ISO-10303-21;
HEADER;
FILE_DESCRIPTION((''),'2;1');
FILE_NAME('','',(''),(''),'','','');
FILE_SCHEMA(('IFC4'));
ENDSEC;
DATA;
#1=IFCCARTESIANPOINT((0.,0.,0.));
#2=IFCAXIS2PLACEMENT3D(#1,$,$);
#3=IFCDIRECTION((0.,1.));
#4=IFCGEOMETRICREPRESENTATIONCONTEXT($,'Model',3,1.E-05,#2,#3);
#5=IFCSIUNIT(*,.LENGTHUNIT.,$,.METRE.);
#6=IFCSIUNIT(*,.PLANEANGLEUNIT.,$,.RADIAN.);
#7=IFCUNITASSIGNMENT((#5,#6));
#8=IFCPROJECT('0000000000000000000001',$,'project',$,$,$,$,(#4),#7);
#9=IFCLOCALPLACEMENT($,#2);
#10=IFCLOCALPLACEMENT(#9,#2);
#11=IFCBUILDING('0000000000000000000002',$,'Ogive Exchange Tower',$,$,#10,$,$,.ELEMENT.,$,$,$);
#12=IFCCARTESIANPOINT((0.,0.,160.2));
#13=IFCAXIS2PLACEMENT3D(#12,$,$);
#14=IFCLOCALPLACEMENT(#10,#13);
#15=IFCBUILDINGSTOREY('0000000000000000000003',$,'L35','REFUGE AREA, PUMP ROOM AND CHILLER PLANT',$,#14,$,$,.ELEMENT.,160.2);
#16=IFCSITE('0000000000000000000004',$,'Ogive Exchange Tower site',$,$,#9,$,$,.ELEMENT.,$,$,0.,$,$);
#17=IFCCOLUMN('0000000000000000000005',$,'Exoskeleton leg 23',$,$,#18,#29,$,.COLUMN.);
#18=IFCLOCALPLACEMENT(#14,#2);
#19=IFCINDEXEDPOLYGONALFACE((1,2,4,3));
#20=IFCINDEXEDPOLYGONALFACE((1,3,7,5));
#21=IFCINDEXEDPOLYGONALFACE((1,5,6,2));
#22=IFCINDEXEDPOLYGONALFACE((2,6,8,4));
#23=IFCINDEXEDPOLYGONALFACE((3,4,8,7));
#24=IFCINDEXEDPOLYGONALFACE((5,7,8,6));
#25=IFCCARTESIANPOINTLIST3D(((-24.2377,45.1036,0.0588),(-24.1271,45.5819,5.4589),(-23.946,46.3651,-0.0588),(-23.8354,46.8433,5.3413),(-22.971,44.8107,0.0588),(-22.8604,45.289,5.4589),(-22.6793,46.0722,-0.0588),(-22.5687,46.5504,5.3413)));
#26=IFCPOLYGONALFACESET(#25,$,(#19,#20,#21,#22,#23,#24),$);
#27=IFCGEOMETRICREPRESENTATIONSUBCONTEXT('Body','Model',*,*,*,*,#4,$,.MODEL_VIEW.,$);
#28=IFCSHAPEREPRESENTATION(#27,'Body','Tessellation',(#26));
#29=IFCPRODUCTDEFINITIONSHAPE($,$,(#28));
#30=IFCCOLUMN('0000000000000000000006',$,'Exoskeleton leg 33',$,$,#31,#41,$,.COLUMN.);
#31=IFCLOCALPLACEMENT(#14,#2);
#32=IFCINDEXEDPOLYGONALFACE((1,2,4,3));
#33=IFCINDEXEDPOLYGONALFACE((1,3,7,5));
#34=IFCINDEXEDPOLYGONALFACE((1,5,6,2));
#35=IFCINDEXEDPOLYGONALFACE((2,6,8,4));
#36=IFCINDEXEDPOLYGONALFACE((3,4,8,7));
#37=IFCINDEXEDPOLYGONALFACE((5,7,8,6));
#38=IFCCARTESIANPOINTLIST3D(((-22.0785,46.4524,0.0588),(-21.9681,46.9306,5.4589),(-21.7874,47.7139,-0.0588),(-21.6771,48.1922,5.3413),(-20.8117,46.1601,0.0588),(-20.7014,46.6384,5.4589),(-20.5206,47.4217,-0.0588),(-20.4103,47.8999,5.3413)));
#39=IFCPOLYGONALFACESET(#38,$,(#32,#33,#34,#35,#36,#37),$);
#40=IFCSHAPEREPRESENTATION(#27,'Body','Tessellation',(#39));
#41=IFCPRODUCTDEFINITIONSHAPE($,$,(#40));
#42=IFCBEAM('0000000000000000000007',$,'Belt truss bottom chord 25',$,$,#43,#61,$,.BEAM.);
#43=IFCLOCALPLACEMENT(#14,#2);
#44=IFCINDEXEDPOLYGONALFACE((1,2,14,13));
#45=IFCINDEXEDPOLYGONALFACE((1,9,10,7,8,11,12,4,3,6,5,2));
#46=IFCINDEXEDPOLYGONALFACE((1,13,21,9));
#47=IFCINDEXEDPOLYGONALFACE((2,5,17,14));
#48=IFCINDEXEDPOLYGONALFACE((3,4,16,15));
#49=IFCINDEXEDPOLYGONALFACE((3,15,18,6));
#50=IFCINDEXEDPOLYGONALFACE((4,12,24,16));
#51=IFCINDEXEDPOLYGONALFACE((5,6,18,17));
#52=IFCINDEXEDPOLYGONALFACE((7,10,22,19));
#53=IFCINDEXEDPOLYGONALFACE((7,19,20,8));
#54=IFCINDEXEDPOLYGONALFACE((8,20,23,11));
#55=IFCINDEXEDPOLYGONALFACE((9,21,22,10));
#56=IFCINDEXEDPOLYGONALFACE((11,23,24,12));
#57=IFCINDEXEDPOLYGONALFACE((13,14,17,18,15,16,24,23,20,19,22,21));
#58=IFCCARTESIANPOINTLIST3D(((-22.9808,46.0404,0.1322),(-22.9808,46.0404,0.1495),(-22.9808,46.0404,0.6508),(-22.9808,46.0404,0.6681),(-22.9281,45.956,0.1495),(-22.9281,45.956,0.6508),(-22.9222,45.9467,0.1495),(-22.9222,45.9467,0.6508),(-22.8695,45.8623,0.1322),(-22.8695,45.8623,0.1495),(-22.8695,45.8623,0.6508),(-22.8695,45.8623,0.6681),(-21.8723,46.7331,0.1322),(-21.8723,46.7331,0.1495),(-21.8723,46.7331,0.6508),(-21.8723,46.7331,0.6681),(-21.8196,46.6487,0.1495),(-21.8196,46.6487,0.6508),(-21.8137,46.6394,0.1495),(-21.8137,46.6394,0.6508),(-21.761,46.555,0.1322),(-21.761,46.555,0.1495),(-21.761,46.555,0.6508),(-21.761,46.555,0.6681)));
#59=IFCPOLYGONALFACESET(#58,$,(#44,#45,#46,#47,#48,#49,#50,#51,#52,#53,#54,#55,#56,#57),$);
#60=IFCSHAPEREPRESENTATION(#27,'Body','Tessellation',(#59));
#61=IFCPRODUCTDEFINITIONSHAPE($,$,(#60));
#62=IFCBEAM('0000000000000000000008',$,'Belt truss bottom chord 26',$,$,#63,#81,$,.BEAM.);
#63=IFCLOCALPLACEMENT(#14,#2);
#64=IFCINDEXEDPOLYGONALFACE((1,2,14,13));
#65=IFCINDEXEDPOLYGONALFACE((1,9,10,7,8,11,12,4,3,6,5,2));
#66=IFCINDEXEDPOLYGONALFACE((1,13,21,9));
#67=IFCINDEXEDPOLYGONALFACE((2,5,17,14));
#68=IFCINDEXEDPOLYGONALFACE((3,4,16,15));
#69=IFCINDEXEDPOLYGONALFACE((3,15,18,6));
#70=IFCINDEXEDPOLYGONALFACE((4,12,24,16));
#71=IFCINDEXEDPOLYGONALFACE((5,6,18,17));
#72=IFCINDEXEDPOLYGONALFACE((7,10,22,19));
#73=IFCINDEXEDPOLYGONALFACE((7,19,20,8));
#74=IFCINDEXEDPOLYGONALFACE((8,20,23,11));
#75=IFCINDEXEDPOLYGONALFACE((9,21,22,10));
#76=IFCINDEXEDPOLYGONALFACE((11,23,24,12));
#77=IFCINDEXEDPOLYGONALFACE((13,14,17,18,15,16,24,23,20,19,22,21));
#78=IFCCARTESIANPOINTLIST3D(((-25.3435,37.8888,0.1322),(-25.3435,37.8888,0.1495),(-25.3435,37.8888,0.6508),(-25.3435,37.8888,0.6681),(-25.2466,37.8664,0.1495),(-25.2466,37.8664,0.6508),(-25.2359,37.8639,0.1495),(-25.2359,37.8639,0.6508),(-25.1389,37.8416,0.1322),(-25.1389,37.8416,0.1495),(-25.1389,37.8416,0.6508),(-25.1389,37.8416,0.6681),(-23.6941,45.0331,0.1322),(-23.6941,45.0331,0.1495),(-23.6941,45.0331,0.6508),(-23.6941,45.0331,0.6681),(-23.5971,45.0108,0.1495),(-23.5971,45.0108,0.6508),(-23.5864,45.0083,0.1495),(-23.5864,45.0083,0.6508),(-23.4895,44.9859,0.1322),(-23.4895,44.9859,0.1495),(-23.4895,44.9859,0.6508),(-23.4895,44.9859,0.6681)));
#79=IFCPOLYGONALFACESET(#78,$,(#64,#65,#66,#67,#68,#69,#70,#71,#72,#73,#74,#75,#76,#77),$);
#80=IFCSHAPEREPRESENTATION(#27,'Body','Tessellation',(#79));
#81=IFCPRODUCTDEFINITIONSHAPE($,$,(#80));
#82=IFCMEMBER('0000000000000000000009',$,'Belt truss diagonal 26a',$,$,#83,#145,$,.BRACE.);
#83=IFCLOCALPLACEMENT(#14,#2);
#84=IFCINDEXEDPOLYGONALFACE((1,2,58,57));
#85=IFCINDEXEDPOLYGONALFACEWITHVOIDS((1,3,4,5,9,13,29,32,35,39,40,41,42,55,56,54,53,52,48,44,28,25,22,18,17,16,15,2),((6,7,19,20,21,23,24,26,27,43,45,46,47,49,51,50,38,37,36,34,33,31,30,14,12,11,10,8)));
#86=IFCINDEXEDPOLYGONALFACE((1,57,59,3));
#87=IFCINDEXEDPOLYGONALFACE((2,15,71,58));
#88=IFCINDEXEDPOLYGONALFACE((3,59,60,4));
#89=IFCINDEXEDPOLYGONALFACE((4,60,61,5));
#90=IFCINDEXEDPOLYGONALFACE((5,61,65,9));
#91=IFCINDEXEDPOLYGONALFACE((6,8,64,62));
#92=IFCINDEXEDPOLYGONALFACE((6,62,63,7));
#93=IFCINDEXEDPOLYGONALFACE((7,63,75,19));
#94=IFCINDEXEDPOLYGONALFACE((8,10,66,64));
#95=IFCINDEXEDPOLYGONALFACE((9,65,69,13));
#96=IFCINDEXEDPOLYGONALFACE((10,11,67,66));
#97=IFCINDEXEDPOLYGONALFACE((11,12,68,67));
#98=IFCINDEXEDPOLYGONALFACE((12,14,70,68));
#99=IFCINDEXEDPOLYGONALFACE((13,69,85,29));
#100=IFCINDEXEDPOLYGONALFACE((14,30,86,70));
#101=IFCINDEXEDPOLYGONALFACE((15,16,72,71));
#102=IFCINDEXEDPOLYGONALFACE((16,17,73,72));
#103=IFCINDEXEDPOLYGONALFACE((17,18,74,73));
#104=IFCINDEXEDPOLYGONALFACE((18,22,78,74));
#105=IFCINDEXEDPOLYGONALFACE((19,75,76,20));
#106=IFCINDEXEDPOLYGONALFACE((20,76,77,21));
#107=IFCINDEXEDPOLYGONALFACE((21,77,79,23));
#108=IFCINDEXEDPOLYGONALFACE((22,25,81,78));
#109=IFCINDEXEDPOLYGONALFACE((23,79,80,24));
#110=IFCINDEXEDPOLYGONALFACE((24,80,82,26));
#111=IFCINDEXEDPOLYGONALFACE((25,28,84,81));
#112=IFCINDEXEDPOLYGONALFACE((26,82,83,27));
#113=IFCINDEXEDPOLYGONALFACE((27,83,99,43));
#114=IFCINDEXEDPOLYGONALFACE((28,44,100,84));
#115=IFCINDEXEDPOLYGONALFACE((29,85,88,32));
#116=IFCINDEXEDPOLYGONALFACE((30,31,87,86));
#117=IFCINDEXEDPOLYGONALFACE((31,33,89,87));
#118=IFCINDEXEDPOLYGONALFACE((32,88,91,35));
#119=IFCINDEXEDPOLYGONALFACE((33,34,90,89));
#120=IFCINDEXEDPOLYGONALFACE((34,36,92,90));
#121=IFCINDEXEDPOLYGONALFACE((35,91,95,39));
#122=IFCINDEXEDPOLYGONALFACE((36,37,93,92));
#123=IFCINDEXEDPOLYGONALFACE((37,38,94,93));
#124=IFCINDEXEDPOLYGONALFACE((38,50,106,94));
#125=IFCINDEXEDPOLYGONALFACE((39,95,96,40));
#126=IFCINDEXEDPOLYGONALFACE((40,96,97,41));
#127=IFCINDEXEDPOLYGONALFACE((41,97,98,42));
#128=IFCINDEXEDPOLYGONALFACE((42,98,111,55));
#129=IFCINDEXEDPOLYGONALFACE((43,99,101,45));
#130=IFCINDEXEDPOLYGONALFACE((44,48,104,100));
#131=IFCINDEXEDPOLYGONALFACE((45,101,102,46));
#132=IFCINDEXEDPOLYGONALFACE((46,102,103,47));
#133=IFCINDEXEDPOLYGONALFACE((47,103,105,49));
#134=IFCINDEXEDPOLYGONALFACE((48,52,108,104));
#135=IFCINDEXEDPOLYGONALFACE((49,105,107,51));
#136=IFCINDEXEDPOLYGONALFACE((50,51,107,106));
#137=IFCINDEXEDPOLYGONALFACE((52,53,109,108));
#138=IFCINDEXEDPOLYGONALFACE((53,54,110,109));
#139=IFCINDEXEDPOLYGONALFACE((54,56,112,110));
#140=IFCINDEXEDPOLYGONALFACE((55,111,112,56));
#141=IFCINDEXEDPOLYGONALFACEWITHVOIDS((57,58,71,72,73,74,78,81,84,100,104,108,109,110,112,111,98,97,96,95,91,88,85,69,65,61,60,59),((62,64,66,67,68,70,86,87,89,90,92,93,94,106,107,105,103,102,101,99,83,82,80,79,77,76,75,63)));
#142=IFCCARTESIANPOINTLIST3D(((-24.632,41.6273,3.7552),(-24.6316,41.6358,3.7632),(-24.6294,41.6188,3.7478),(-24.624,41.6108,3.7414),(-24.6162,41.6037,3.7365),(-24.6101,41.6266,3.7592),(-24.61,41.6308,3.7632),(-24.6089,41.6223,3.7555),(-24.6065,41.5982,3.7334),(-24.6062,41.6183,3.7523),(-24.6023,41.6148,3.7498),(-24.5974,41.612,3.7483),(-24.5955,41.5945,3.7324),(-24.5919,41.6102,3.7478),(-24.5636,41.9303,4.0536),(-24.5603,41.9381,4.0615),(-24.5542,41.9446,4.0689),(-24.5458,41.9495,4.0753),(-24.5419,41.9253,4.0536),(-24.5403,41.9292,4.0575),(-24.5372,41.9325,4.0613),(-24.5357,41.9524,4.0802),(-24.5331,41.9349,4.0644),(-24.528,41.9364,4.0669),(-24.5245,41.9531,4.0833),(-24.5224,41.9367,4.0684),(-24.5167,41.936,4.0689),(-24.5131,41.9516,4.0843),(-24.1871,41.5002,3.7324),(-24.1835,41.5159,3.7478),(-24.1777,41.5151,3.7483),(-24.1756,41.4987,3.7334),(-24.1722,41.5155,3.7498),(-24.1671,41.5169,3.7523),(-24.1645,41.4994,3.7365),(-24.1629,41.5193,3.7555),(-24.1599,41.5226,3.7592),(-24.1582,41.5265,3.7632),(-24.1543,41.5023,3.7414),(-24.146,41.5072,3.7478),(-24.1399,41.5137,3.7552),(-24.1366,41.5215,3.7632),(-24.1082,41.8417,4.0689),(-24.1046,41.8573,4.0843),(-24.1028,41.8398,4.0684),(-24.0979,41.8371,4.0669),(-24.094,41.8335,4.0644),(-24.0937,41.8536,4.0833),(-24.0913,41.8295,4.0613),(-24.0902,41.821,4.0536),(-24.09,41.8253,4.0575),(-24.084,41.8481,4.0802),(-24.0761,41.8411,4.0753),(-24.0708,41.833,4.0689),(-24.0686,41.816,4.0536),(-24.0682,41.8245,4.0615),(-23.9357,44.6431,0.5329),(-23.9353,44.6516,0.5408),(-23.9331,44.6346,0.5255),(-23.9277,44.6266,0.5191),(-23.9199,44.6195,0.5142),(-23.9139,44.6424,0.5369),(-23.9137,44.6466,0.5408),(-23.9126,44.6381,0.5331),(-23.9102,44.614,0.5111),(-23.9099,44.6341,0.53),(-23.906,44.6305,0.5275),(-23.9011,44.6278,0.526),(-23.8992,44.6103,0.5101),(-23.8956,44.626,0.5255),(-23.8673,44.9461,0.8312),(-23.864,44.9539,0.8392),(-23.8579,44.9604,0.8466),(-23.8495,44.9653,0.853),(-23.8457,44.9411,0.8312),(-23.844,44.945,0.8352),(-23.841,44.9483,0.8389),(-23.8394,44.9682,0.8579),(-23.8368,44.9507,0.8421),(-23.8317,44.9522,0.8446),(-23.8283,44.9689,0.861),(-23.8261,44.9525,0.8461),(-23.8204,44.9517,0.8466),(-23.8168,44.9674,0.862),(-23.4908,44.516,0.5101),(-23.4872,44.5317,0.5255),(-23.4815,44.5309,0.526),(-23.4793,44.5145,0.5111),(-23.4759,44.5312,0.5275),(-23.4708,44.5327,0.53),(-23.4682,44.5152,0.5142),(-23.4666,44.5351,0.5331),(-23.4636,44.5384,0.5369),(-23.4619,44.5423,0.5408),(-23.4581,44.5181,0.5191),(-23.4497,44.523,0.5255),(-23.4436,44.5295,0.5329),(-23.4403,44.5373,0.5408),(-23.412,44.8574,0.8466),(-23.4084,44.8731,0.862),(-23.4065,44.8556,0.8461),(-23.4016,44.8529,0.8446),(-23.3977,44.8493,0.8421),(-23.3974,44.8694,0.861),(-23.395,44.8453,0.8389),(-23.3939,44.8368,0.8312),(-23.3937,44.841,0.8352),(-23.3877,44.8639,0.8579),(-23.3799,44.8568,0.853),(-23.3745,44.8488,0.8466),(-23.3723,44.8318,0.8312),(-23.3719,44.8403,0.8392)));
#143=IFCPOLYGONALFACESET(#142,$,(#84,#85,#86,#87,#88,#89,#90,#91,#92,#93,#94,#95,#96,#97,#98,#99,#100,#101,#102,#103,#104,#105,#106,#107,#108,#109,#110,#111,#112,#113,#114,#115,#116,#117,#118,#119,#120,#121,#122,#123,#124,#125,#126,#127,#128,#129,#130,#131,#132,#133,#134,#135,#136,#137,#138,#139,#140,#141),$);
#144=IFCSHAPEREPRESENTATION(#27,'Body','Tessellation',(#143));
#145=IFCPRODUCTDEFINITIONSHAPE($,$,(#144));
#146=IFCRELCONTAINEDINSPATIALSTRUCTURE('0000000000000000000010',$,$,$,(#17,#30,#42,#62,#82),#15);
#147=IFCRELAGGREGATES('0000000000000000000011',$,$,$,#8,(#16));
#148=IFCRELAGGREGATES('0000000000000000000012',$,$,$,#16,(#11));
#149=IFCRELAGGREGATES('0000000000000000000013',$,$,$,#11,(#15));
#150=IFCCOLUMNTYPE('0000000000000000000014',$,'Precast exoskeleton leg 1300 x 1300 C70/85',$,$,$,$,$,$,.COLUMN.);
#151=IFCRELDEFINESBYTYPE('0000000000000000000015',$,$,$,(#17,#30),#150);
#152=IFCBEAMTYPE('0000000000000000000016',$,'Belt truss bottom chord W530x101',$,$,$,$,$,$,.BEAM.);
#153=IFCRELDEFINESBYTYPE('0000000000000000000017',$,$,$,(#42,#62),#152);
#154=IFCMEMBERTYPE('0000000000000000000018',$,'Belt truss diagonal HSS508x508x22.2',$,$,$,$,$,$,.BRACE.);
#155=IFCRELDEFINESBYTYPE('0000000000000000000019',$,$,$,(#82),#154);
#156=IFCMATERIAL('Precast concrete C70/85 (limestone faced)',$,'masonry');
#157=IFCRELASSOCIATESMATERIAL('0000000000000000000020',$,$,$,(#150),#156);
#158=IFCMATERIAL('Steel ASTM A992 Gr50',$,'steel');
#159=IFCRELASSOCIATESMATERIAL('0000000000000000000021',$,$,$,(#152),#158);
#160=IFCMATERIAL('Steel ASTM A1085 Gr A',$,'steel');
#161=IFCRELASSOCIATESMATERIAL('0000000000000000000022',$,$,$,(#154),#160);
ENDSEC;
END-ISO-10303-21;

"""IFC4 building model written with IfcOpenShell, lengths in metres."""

from ifc_helpers import new_model, si_unit, direction, frame, origin, origin_2d, place, context, subcontext, project, spatial, rectangle, hollow_rectangle, i_section, extrude, material, material_profile, profile_set, type_object, element, save


model = new_model("IFC4")

# Units and contexts
model_context = context("Model", 3, precision=1e-05, world=origin(), true_north=direction((0.0, 1.0)))
body_context = subcontext(model_context, "Body", "Model", "MODEL_VIEW")
ifc_project = project(units=[si_unit("LENGTHUNIT", "METRE"), si_unit("PLANEANGLEUNIT", "RADIAN")], contexts=[model_context])

# Site, building, storey
site_placement = place(None, origin())
site = spatial("IfcSite", under=ifc_project, at=site_placement, Name="Ogive Exchange Tower site", CompositionType="ELEMENT", RefElevation=0.0)
building_placement = place(site_placement, origin())
building = spatial("IfcBuilding", under=site, at=building_placement, Name="Ogive Exchange Tower", CompositionType="ELEMENT")
storey_placement = place(building_placement, frame((0.0, 0.0, 160.2)))
storey = spatial("IfcBuildingStorey", under=building, at=storey_placement, Name="L35", Description="REFUGE AREA, PUMP ROOM AND CHILLER PLANT", CompositionType="ELEMENT", Elevation=160.2)

# Columns
ifc_material_1 = material(Name="Precast concrete C70/85 (limestone faced)", Category="masonry")
ifc_material_profile_1 = material_profile(ifc_material_1, rectangle(XDim=1.3, YDim=1.3, at=origin_2d()), Name="1300 x 1300")
ifc_profile_set_1 = profile_set([ifc_material_profile_1], Name="Precast concrete C70/85 (limestone faced)")
column_type = type_object("IfcColumnType", Name="Precast exoskeleton leg 1300 x 1300 C70/85", PredefinedType="COLUMN", material=ifc_profile_set_1)
for number, where, z_axis, x_axis, name in (
    (1, (-23.4585, 45.5879, 0.0), (0.020396, 0.088203, 0.995894), (-0.974291, 0.225295, 0.0), "Exoskeleton leg 23"),
    (2, (-21.2996, 46.937, 0.0), (0.020351, 0.088203, 0.995895), (-0.9744, 0.224823, 0.0), "Exoskeleton leg 33"),
):
    element("IfcColumn", number, at=place(storey_placement, frame(where, z_axis=z_axis, x_axis=x_axis)), inside=storey, type_object=column_type, Name=name, PredefinedType="COLUMN", context=body_context, shape_type="SweptSolid", body=[
        extrude(rectangle(XDim=1.3, YDim=1.3, at=origin_2d()), origin(), (0.0, 0.0, 1.0), 5.4224),
    ])

# Beams
ifc_material_2 = material(Name="Steel ASTM A992 Gr50", Category="steel")
ifc_material_profile_2 = material_profile(ifc_material_2, i_section(OverallWidth=0.21, OverallDepth=0.5359, WebThickness=0.011, FlangeThickness=0.0173, at=origin_2d()), Name="W530x101")
ifc_profile_set_2 = profile_set([ifc_material_profile_2], Name="Steel ASTM A992 Gr50")
beam_type_1 = type_object("IfcBeamType", Name="Belt truss bottom chord W530x101", PredefinedType="BEAM", material=ifc_profile_set_2)
beam_1_placement = place(storey_placement, frame((-21.8167, 46.644, 0.4001), z_axis=(-0.84804, -0.529932, 0.0), x_axis=(0.529932, -0.84804, 0.0)))
element("IfcBeam", 3, at=beam_1_placement, inside=storey, type_object=beam_type_1, Name="Belt truss bottom chord 25", PredefinedType="BEAM", context=body_context, shape_type="SweptSolid", body=[
    extrude(i_section(OverallWidth=0.21, OverallDepth=0.5359, WebThickness=0.011, FlangeThickness=0.0173, at=origin_2d()), origin(), (0.0, 0.0, 1.0), 1.3071),
])
beam_2_placement = place(storey_placement, frame((-23.5918, 45.0095, 0.4001), z_axis=(-0.224954, -0.974369, 0.0), x_axis=(0.974369, -0.224954, 0.0)))
element("IfcBeam", 4, at=beam_2_placement, inside=storey, type_object=beam_type_1, Name="Belt truss bottom chord 26", PredefinedType="BEAM", context=body_context, shape_type="SweptSolid", body=[
    extrude(i_section(OverallWidth=0.21, OverallDepth=0.5359, WebThickness=0.011, FlangeThickness=0.0173, at=origin_2d()), origin(), (0.0, 0.0, 1.0), 7.3323),
])

# Member
ifc_material_3 = material(Name="Steel ASTM A1085 Gr A", Category="steel")
ifc_material_profile_3 = material_profile(ifc_material_3, hollow_rectangle(XDim=0.5081, YDim=0.5081, WallThickness=0.0222, InnerFilletRadius=0.0222, OuterFilletRadius=0.0444, at=origin_2d()), Name="HSS508x508x22.2")
ifc_profile_set_3 = profile_set([ifc_material_profile_3], Name="Steel ASTM A1085 Gr A")
member_type_1 = type_object("IfcMemberType", Name="Belt truss diagonal HSS508x508x22.2", PredefinedType="BRACE", material=ifc_profile_set_3)
member_1_placement = place(storey_placement, frame((-23.6538, 44.7417, 0.686), z_axis=(-0.155834, -0.674973, 0.721199), x_axis=(0.974369, -0.224957, 0.0)))
element("IfcMember", 5, at=member_1_placement, inside=storey, type_object=member_type_1, Name="Belt truss diagonal 26a", PredefinedType="BRACE", context=body_context, shape_type="SweptSolid", body=[
    extrude(hollow_rectangle(XDim=0.5081, YDim=0.5081, WallThickness=0.0222, InnerFilletRadius=0.0222, OuterFilletRadius=0.0444, at=origin_2d()), origin(), (0.0, 0.0, 1.0), 4.468),
])

save(model, "model.ifc")
